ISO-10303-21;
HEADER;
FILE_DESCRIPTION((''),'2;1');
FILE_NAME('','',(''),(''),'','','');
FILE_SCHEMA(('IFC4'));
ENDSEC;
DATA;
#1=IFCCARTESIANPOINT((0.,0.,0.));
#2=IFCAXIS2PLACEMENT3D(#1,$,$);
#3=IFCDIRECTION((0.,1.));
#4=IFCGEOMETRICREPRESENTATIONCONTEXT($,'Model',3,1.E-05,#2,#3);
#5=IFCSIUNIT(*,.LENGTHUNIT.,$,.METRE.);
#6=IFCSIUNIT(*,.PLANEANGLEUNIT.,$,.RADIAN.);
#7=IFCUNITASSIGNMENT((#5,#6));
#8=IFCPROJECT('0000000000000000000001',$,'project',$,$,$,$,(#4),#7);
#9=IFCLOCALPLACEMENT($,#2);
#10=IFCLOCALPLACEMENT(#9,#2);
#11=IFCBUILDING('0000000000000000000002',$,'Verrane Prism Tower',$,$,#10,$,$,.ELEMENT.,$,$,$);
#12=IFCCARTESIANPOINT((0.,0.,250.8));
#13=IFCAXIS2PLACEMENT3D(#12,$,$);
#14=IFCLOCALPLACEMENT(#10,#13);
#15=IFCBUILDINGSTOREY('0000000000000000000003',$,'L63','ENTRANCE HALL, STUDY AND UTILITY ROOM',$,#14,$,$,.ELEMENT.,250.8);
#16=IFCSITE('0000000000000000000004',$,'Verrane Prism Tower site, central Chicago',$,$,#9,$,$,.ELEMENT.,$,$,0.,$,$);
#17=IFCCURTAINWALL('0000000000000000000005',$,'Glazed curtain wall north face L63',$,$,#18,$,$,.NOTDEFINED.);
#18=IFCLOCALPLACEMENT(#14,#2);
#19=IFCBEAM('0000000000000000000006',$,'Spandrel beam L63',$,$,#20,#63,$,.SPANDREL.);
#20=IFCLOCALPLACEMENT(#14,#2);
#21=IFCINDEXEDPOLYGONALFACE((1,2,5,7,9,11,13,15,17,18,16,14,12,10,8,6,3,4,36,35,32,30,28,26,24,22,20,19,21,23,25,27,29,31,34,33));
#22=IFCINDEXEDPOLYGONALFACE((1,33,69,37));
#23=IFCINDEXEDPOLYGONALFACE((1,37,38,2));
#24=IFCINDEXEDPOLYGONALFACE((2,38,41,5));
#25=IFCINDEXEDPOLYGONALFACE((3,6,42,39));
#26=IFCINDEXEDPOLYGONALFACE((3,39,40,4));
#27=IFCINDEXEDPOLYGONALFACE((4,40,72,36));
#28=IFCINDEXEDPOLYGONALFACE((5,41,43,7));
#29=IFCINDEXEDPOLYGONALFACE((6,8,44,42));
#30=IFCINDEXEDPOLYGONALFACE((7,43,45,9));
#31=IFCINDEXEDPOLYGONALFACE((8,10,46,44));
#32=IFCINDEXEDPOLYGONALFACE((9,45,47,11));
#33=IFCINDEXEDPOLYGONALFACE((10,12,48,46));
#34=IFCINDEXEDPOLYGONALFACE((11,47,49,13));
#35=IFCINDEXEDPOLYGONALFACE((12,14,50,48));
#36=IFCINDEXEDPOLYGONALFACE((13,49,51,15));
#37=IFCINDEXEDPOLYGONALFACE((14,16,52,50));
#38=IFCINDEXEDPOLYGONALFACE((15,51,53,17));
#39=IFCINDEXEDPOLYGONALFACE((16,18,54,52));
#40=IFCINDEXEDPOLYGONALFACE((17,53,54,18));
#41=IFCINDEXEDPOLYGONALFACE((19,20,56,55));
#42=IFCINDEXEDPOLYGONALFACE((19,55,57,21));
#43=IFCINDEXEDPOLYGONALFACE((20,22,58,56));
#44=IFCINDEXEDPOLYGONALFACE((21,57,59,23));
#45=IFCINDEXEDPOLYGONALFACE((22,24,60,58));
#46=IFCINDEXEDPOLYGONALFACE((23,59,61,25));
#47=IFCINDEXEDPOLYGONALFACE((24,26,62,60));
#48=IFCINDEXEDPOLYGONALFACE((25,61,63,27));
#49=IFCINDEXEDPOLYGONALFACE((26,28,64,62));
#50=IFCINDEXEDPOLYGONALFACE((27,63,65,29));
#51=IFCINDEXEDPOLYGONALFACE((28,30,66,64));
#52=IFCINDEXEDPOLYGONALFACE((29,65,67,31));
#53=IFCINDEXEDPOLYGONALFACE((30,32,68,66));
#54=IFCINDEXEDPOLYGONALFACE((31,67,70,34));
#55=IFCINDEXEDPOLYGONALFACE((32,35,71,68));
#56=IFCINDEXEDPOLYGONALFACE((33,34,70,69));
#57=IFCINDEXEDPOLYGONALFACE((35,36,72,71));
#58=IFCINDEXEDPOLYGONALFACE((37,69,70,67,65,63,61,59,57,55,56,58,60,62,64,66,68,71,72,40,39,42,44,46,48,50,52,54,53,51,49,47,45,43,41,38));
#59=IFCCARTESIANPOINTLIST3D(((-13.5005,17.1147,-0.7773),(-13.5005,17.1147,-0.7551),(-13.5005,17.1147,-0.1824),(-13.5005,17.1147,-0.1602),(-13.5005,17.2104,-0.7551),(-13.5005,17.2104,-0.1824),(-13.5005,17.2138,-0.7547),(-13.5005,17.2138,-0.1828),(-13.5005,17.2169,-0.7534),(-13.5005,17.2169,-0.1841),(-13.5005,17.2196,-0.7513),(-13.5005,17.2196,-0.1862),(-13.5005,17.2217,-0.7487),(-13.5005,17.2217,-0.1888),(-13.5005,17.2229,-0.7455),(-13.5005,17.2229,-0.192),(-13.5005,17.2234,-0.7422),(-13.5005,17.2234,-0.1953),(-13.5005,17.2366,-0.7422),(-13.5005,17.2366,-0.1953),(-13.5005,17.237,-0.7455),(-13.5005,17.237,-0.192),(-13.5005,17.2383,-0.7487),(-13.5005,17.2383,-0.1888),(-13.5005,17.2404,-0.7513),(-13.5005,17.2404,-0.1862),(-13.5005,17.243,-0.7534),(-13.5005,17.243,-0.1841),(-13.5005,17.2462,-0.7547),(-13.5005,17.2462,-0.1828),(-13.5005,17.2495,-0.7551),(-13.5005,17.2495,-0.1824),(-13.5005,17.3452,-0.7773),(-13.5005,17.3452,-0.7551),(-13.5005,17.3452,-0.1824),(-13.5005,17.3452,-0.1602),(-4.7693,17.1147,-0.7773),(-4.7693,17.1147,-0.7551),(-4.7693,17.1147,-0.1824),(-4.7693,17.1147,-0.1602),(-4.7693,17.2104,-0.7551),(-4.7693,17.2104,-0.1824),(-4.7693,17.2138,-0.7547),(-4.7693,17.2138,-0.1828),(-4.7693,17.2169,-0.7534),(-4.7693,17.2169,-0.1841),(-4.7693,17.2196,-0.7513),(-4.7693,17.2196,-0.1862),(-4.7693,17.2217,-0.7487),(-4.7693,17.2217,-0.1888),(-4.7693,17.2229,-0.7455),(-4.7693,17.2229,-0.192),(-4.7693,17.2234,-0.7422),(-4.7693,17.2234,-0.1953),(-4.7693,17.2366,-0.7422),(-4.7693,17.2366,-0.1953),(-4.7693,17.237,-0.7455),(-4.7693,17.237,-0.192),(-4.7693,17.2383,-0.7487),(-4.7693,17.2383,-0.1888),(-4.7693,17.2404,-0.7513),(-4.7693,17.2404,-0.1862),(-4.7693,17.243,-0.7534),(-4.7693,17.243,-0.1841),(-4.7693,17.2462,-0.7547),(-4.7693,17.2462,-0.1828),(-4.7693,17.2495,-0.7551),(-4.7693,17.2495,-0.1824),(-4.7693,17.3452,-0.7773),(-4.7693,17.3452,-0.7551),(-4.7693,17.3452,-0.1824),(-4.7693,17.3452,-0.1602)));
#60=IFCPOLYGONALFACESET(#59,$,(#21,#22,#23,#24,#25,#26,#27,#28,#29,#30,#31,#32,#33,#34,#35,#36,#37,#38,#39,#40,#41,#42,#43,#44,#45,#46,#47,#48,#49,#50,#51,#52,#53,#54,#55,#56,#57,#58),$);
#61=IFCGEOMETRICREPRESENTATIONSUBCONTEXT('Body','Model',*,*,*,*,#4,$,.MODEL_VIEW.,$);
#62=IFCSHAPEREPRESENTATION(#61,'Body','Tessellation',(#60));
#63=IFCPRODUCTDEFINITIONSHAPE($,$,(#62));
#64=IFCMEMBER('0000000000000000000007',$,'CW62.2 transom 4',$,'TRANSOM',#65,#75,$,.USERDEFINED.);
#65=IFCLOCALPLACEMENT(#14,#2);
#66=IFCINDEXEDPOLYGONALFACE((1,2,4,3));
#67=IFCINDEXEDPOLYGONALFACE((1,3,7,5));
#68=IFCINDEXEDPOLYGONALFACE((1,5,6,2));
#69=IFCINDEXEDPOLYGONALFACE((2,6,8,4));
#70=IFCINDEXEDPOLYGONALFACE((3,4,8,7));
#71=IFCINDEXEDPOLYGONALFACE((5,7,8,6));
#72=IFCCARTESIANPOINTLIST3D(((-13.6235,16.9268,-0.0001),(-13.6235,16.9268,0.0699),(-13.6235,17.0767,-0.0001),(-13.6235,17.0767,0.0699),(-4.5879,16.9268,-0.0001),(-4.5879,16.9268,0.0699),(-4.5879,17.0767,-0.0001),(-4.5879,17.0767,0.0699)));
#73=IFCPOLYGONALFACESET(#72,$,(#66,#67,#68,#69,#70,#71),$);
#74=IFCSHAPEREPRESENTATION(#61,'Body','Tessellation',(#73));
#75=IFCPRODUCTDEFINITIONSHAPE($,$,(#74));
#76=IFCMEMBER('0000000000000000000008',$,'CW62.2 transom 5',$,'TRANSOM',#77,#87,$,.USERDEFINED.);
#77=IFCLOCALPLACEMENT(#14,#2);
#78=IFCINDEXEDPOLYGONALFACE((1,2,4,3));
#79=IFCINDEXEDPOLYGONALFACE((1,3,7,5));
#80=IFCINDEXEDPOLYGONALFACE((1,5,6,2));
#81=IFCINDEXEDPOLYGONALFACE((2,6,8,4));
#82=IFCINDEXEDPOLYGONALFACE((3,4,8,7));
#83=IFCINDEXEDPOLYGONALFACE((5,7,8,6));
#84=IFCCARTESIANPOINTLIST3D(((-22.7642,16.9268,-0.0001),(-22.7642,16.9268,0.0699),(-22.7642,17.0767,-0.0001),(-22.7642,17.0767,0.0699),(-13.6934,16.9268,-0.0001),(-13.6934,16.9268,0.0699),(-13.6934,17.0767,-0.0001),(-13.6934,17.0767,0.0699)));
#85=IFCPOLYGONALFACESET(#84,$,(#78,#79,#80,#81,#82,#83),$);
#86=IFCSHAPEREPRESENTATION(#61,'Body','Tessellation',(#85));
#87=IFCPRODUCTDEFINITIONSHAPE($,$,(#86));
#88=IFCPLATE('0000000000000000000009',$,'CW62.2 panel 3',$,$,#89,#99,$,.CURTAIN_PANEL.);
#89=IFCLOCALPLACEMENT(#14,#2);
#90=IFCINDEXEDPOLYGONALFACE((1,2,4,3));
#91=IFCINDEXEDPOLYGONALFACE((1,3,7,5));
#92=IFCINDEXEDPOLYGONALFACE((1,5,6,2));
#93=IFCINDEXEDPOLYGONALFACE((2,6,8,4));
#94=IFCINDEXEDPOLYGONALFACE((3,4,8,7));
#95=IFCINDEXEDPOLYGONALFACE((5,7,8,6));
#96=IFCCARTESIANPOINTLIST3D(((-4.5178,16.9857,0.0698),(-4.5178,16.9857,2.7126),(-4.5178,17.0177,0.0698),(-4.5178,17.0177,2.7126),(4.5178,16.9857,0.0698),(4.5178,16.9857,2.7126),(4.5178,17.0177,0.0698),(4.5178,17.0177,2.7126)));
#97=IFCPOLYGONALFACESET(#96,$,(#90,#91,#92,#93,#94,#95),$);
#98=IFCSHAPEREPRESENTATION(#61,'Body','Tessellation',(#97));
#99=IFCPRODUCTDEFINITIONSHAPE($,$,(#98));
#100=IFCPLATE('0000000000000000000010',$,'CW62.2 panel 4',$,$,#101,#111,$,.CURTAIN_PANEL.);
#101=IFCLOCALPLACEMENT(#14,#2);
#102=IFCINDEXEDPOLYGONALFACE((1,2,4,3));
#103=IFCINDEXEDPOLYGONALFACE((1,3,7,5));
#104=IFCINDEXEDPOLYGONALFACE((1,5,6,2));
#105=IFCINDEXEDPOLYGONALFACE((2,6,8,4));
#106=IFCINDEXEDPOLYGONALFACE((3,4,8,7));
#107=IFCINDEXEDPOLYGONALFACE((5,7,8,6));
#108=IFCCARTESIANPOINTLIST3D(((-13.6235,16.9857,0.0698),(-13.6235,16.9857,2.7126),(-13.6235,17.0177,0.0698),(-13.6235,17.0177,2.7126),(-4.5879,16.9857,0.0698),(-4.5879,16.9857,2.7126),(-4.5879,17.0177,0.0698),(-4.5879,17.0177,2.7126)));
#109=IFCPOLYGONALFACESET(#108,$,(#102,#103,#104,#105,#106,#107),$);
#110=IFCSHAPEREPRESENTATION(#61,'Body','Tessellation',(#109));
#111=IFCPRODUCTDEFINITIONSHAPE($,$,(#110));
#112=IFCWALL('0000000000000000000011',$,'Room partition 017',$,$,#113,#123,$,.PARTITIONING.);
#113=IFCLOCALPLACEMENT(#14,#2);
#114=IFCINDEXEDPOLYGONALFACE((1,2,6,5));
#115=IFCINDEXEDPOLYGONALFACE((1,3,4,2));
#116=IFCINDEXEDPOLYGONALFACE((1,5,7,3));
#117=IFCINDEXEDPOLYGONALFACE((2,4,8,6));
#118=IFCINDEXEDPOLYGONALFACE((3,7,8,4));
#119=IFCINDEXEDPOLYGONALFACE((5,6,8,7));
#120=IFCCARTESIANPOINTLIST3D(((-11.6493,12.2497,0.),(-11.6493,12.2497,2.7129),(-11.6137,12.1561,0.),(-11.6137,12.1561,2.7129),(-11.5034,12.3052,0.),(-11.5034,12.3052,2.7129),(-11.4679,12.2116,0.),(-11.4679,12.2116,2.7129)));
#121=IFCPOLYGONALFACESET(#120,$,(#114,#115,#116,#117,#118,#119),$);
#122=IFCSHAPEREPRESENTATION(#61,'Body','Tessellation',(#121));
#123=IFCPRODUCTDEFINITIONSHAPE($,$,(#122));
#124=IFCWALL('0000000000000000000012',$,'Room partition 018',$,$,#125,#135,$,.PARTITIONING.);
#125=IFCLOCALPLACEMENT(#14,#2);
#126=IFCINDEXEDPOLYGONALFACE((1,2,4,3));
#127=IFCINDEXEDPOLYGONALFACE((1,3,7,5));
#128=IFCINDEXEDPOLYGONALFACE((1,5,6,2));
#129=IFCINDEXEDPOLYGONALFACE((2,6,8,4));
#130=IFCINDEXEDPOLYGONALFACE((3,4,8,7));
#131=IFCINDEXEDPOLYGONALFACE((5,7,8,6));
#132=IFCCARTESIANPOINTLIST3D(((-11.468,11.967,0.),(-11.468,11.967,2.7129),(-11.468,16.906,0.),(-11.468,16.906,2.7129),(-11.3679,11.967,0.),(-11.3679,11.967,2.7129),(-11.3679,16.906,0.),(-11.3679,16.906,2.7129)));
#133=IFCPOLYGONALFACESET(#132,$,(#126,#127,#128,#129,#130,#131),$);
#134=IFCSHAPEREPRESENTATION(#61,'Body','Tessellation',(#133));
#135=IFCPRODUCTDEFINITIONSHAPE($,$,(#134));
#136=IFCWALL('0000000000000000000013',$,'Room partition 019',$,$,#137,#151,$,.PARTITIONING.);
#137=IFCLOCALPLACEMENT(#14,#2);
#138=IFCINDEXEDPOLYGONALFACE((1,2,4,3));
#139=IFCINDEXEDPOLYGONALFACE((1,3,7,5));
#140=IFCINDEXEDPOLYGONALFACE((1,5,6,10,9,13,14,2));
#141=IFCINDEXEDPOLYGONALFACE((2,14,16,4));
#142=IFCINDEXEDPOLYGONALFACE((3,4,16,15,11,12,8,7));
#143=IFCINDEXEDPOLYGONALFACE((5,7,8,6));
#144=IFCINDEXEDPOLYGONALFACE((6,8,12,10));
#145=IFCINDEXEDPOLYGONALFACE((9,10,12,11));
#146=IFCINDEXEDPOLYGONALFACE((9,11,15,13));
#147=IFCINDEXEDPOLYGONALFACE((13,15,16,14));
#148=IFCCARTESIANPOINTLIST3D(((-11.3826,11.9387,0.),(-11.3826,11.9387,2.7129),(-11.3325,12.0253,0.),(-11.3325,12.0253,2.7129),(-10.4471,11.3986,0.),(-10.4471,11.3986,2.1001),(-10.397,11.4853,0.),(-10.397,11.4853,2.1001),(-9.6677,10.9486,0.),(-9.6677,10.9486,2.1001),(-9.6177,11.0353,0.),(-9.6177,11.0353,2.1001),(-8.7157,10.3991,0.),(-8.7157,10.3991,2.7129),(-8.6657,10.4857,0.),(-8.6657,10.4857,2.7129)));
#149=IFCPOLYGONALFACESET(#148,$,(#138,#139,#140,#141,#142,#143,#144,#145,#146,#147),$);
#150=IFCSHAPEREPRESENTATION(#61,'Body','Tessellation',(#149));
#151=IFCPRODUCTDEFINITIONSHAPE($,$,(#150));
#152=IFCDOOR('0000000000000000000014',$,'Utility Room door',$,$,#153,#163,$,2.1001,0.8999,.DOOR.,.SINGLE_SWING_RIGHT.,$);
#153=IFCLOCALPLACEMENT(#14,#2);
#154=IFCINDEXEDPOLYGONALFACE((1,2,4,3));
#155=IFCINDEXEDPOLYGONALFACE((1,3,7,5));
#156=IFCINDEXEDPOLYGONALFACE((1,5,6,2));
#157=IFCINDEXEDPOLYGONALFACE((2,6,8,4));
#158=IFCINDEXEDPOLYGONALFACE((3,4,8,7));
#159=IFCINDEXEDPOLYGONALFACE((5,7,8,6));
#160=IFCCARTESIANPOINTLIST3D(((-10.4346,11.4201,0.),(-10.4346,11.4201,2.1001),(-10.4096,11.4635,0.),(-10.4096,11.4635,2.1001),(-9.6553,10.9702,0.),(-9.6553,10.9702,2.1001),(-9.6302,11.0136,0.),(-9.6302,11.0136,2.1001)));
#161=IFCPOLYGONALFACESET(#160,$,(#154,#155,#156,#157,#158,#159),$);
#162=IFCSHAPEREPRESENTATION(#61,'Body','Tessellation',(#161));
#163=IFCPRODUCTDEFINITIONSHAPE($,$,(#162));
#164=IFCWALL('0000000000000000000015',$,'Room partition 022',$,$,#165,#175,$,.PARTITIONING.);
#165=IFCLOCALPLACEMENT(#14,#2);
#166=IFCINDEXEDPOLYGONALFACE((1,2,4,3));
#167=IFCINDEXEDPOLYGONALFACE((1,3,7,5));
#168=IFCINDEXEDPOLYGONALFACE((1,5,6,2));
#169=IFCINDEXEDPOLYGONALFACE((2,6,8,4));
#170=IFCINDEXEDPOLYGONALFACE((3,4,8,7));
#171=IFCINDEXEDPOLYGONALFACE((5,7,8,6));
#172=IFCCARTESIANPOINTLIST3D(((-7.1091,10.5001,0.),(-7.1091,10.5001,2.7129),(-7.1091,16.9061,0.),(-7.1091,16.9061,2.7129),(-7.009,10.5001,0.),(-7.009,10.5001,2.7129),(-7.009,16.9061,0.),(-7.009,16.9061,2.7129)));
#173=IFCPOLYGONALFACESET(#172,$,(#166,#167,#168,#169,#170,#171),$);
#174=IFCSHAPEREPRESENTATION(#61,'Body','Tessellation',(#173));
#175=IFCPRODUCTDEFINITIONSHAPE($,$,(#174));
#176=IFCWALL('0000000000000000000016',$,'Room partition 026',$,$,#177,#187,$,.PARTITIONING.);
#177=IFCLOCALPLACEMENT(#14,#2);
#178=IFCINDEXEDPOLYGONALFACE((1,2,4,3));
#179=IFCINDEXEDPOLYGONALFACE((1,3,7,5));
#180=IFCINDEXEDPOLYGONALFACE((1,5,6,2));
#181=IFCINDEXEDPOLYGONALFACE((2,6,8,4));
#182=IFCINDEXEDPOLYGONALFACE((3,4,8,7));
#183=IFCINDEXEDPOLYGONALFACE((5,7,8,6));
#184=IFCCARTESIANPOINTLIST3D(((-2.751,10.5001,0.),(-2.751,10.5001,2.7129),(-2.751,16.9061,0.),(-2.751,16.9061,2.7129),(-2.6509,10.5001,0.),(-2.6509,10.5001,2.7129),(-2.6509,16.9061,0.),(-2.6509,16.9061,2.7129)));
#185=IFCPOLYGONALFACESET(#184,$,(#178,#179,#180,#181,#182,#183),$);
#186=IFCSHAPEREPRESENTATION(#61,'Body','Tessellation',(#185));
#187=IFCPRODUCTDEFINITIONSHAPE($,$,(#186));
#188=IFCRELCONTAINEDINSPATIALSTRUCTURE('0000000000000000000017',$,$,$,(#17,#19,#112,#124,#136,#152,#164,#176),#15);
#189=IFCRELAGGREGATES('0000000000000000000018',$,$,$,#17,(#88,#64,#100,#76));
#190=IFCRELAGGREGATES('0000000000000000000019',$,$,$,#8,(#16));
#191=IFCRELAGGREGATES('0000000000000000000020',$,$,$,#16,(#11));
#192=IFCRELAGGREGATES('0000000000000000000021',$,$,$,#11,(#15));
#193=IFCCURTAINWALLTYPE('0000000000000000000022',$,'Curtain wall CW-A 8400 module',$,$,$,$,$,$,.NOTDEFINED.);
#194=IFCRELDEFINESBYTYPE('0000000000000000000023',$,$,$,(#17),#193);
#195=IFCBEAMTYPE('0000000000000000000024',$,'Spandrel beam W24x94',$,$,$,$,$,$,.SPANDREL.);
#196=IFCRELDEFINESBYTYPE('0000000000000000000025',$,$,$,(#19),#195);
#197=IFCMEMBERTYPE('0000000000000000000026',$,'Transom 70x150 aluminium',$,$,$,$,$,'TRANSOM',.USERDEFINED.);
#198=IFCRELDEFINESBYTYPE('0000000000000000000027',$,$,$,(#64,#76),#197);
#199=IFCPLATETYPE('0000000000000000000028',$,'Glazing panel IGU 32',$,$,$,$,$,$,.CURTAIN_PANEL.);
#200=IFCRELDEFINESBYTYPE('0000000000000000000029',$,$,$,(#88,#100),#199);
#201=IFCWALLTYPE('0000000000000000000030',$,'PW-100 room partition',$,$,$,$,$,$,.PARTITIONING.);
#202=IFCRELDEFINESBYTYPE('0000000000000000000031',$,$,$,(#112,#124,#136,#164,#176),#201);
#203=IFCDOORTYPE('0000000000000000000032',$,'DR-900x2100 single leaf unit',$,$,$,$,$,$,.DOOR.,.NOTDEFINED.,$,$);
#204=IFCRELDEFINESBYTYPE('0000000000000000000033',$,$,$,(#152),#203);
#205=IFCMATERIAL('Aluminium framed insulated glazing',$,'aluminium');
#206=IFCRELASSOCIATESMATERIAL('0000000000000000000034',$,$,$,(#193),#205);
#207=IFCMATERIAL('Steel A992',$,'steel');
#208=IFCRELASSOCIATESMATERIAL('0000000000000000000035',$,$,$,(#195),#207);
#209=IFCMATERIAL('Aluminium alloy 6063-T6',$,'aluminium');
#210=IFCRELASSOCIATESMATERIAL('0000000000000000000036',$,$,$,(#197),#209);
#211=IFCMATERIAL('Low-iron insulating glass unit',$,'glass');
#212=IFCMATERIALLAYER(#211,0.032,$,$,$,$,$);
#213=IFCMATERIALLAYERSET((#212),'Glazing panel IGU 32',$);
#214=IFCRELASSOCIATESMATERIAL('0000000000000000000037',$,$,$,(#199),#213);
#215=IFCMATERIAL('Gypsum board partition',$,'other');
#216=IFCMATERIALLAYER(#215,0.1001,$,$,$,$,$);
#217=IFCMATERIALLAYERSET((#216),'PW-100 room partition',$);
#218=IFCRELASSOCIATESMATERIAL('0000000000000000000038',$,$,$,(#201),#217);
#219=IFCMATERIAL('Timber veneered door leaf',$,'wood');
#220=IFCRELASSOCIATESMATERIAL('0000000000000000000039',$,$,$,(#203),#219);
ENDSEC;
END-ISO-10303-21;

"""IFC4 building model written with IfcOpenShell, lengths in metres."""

from ifc_helpers import new_model, si_unit, direction, frame, frame_2d, origin, origin_2d, place, context, subcontext, project, spatial, rectangle, i_section, extrude, material, layer, layer_set, material_profile, profile_set, type_object, element, fill, aggregate, save


model = new_model("IFC4")

# Units and contexts
model_context = context("Model", 3, precision=1e-05, world=origin(), true_north=direction((0.0, 1.0)))
body_context = subcontext(model_context, "Body", "Model", "MODEL_VIEW")
ifc_project = project(units=[si_unit("LENGTHUNIT", "METRE"), si_unit("PLANEANGLEUNIT", "RADIAN")], contexts=[model_context])

# Site, building, storey
site_placement = place(None, origin())
site = spatial("IfcSite", under=ifc_project, at=site_placement, Name="Verrane Prism Tower site, central Chicago", CompositionType="ELEMENT", RefElevation=0.0)
building_placement = place(site_placement, origin())
building = spatial("IfcBuilding", under=site, at=building_placement, Name="Verrane Prism Tower", CompositionType="ELEMENT")
storey_placement = place(building_placement, frame((0.0, 0.0, 250.8)))
storey = spatial("IfcBuildingStorey", under=building, at=storey_placement, Name="L63", Description="ENTRANCE HALL, STUDY AND UTILITY ROOM", CompositionType="ELEMENT", Elevation=250.8)

# Curtain wall
ifc_material_1 = material(Name="Aluminium framed insulated glazing", Category="aluminium")
curtain_wall_type = type_object("IfcCurtainWallType", Name="Curtain wall CW-A 8400 module", PredefinedType="NOTDEFINED", material=ifc_material_1)
curtain_wall_placement = place(storey_placement, origin())
curtain_wall = element("IfcCurtainWall", 1, at=curtain_wall_placement, inside=storey, type_object=curtain_wall_type, Name="Glazed curtain wall north face L63", PredefinedType="NOTDEFINED")

# Beam
ifc_material_2 = material(Name="Steel A992", Category="steel")
ifc_material_profile_1 = material_profile(ifc_material_2, i_section(OverallWidth=0.2305, OverallDepth=0.6172, WebThickness=0.0132, FlangeThickness=0.0222, FilletRadius=0.0129, at=origin_2d()), Name="W24x94")
ifc_profile_set_1 = profile_set([ifc_material_profile_1], Name="Steel A992")
beam_type_1 = type_object("IfcBeamType", Name="Spandrel beam W24x94", PredefinedType="SPANDREL", material=ifc_profile_set_1)
beam_1_placement = place(storey_placement, frame((-4.7693, 17.23, -0.4688), z_axis=(-1.0, 0.0, 0.0), x_axis=(0.0, -1.0, 0.0)))
element("IfcBeam", 2, at=beam_1_placement, inside=storey, type_object=beam_type_1, Name="Spandrel beam L63", PredefinedType="SPANDREL", context=body_context, shape_type="SweptSolid", body=[
    extrude(i_section(OverallWidth=0.2305, OverallDepth=0.6172, WebThickness=0.0132, FlangeThickness=0.0222, FilletRadius=0.0129, at=origin_2d()), origin(), (0.0, 0.0, 1.0), 8.7312),
])

# Members
ifc_material_3 = material(Name="Aluminium alloy 6063-T6", Category="aluminium")
ifc_material_profile_2 = material_profile(ifc_material_3, rectangle(XDim=0.1499, YDim=0.0701, at=origin_2d()), Name="Transom 70x150 aluminium")
ifc_profile_set_2 = profile_set([ifc_material_profile_2], Name="Aluminium alloy 6063-T6")
member_type_1 = type_object("IfcMemberType", Name="Transom 70x150 aluminium", ElementType="TRANSOM", PredefinedType="USERDEFINED", material=ifc_profile_set_2)
member_1_placement = place(storey_placement, frame((-4.5879, 17.0017, 0.0349), z_axis=(-1.0, 0.0, 0.0), x_axis=(0.0, -1.0, 0.0)))
member_1 = element("IfcMember", 3, at=member_1_placement, type_object=member_type_1, Name="CW62.2 transom 4", ObjectType="TRANSOM", PredefinedType="USERDEFINED", context=body_context, shape_type="SweptSolid", body=[
    extrude(rectangle(XDim=0.1499, YDim=0.0701, at=origin_2d()), origin(), (0.0, 0.0, 1.0), 9.0356),
])
member_2_placement = place(storey_placement, frame((-13.6934, 17.0017, 0.0349), z_axis=(-1.0, 0.0, 0.0), x_axis=(0.0, -1.0, 0.0)))
member_2 = element("IfcMember", 4, at=member_2_placement, type_object=member_type_1, Name="CW62.2 transom 5", ObjectType="TRANSOM", PredefinedType="USERDEFINED", context=body_context, shape_type="SweptSolid", body=[
    extrude(rectangle(XDim=0.1499, YDim=0.0701, at=origin_2d()), origin(), (0.0, 0.0, 1.0), 9.0708),
])

# Plates
ifc_material_4 = material(Name="Low-iron insulating glass unit", Category="glass")
ifc_layer_1 = layer(ifc_material_4, 0.032)
ifc_layer_set_1 = layer_set([ifc_layer_1], Name="Glazing panel IGU 32")
plate_type = type_object("IfcPlateType", Name="Glazing panel IGU 32", PredefinedType="CURTAIN_PANEL", material=ifc_layer_set_1)
plate_1_placement = place(storey_placement, frame((0.0, 17.0017, 0.0698), z_axis=(0.0, 0.0, 1.0), x_axis=(-1.0, 0.0, 0.0)))
plate_1 = element("IfcPlate", 5, at=plate_1_placement, type_object=plate_type, Name="CW62.2 panel 3", PredefinedType="CURTAIN_PANEL", context=body_context, shape_type="SweptSolid", body=[
    extrude(rectangle(XDim=9.0356, YDim=0.032, at=origin_2d()), origin(), (0.0, 0.0, 1.0), 2.6428),
])
plate_2_placement = place(storey_placement, frame((-9.1057, 17.0017, 0.0698), z_axis=(0.0, 0.0, 1.0), x_axis=(-1.0, 0.0, 0.0)))
plate_2 = element("IfcPlate", 6, at=plate_2_placement, type_object=plate_type, Name="CW62.2 panel 4", PredefinedType="CURTAIN_PANEL", context=body_context, shape_type="SweptSolid", body=[
    extrude(rectangle(XDim=9.0356, YDim=0.032, at=origin_2d()), origin(), (0.0, 0.0, 1.0), 2.6428),
])
aggregate(curtain_wall, [plate_1, member_1, plate_2, member_2])

# Walls
ifc_material_5 = material(Name="Gypsum board partition", Category="other")
ifc_layer_2 = layer(ifc_material_5, 0.1001)
ifc_layer_set_2 = layer_set([ifc_layer_2], Name="PW-100 room partition")
wall_type_1 = type_object("IfcWallType", Name="PW-100 room partition", PredefinedType="PARTITIONING", material=ifc_layer_set_2)
wall_1_placement = place(storey_placement, frame((-11.6316, 12.2029, 0.0), z_axis=(0.0, 0.0, 1.0), x_axis=(0.934711, 0.355409, 0.0)))
element("IfcWall", 7, at=wall_1_placement, inside=storey, type_object=wall_type_1, Name="Room partition 017", PredefinedType="PARTITIONING", context=body_context, shape_type="SweptSolid", body=[
    extrude(rectangle(XDim=0.156, YDim=0.1001, at=frame_2d((0.0781, 0.0))), origin(), (0.0, 0.0, 1.0), 2.7129),
])
wall_2_placement = place(storey_placement, frame((-11.418, 11.967, 0.0), z_axis=(0.0, 0.0, 1.0), x_axis=(0.0, 1.0, 0.0)))
element("IfcWall", 8, at=wall_2_placement, inside=storey, type_object=wall_type_1, Name="Room partition 018", PredefinedType="PARTITIONING", context=body_context, shape_type="SweptSolid", body=[
    extrude(rectangle(XDim=4.939, YDim=0.1001, at=frame_2d((2.4695, 0.0))), origin(), (0.0, 0.0, 1.0), 2.7129),
])

# Wall, opening, door
wall_3_placement = place(storey_placement, frame((-11.3574, 11.9819, 0.0), z_axis=(0.0, 0.0, 1.0), x_axis=(0.866039, -0.499976, 0.0)))
wall_3 = element("IfcWall", 9, at=wall_3_placement, inside=storey, type_object=wall_type_1, Name="Room partition 019", PredefinedType="PARTITIONING", context=body_context, shape_type="SweptSolid", body=[
    extrude(rectangle(XDim=3.0793, YDim=0.1001, at=frame_2d((1.5396, 0.0))), origin(), (0.0, 0.0, 1.0), 2.7129),
])
opening_1_placement = place(wall_3_placement, frame((1.0801, 0.0, 0.0)))
opening_1 = element("IfcOpeningElement", 10, at=opening_1_placement, cuts=wall_3, PredefinedType="OPENING", context=body_context, shape_type="SweptSolid", body=[
    extrude(rectangle(XDim=0.8999, YDim=2.1001, at=frame_2d((0.45, 1.05))), frame((0.0, 0.0601, 0.0), z_axis=(0.0, -1.0, 0.0), x_axis=(1.0, 0.0, 0.0)), (0.0, 0.0, 1.0), 0.1201),
])
ifc_material_6 = material(Name="Timber veneered door leaf", Category="wood")
door_type = type_object("IfcDoorType", Name="DR-900x2100 single leaf unit", OperationType="NOTDEFINED", PredefinedType="DOOR", material=ifc_material_6)
door_1_placement = place(opening_1_placement, origin())
door_1 = element("IfcDoor", 11, at=door_1_placement, inside=storey, type_object=door_type, Name="Utility Room door", OperationType="SINGLE_SWING_RIGHT", OverallHeight=2.1001, OverallWidth=0.8999, PredefinedType="DOOR", context=body_context, shape_type="SweptSolid", body=[
    extrude(rectangle(XDim=0.8999, YDim=2.1001, at=frame_2d((0.45, 1.05))), frame((0.0, 0.0249, 0.0), z_axis=(0.0, -1.0, 0.0), x_axis=(1.0, 0.0, 0.0)), (0.0, 0.0, 1.0), 0.05),
])
fill(opening_1, door_1)

# Walls
for number, where, z_axis, x_axis, name in (
    (12, (-7.0591, 10.5, 0.0), (0.0, 0.0, 1.0), (0.0, 1.0, 0.0), "Room partition 022"),
    (13, (-2.7009, 10.5, 0.0), (0.0, 0.0, 1.0), (0.0, 1.0, 0.0), "Room partition 026"),
):
    element("IfcWall", number, at=place(storey_placement, frame(where, z_axis=z_axis, x_axis=x_axis)), inside=storey, type_object=wall_type_1, Name=name, PredefinedType="PARTITIONING", context=body_context, shape_type="SweptSolid", body=[
        extrude(rectangle(XDim=6.406, YDim=0.1001, at=frame_2d((3.2031, 0.0))), origin(), (0.0, 0.0, 1.0), 2.7129),
    ])

save(model, "model.ifc")
